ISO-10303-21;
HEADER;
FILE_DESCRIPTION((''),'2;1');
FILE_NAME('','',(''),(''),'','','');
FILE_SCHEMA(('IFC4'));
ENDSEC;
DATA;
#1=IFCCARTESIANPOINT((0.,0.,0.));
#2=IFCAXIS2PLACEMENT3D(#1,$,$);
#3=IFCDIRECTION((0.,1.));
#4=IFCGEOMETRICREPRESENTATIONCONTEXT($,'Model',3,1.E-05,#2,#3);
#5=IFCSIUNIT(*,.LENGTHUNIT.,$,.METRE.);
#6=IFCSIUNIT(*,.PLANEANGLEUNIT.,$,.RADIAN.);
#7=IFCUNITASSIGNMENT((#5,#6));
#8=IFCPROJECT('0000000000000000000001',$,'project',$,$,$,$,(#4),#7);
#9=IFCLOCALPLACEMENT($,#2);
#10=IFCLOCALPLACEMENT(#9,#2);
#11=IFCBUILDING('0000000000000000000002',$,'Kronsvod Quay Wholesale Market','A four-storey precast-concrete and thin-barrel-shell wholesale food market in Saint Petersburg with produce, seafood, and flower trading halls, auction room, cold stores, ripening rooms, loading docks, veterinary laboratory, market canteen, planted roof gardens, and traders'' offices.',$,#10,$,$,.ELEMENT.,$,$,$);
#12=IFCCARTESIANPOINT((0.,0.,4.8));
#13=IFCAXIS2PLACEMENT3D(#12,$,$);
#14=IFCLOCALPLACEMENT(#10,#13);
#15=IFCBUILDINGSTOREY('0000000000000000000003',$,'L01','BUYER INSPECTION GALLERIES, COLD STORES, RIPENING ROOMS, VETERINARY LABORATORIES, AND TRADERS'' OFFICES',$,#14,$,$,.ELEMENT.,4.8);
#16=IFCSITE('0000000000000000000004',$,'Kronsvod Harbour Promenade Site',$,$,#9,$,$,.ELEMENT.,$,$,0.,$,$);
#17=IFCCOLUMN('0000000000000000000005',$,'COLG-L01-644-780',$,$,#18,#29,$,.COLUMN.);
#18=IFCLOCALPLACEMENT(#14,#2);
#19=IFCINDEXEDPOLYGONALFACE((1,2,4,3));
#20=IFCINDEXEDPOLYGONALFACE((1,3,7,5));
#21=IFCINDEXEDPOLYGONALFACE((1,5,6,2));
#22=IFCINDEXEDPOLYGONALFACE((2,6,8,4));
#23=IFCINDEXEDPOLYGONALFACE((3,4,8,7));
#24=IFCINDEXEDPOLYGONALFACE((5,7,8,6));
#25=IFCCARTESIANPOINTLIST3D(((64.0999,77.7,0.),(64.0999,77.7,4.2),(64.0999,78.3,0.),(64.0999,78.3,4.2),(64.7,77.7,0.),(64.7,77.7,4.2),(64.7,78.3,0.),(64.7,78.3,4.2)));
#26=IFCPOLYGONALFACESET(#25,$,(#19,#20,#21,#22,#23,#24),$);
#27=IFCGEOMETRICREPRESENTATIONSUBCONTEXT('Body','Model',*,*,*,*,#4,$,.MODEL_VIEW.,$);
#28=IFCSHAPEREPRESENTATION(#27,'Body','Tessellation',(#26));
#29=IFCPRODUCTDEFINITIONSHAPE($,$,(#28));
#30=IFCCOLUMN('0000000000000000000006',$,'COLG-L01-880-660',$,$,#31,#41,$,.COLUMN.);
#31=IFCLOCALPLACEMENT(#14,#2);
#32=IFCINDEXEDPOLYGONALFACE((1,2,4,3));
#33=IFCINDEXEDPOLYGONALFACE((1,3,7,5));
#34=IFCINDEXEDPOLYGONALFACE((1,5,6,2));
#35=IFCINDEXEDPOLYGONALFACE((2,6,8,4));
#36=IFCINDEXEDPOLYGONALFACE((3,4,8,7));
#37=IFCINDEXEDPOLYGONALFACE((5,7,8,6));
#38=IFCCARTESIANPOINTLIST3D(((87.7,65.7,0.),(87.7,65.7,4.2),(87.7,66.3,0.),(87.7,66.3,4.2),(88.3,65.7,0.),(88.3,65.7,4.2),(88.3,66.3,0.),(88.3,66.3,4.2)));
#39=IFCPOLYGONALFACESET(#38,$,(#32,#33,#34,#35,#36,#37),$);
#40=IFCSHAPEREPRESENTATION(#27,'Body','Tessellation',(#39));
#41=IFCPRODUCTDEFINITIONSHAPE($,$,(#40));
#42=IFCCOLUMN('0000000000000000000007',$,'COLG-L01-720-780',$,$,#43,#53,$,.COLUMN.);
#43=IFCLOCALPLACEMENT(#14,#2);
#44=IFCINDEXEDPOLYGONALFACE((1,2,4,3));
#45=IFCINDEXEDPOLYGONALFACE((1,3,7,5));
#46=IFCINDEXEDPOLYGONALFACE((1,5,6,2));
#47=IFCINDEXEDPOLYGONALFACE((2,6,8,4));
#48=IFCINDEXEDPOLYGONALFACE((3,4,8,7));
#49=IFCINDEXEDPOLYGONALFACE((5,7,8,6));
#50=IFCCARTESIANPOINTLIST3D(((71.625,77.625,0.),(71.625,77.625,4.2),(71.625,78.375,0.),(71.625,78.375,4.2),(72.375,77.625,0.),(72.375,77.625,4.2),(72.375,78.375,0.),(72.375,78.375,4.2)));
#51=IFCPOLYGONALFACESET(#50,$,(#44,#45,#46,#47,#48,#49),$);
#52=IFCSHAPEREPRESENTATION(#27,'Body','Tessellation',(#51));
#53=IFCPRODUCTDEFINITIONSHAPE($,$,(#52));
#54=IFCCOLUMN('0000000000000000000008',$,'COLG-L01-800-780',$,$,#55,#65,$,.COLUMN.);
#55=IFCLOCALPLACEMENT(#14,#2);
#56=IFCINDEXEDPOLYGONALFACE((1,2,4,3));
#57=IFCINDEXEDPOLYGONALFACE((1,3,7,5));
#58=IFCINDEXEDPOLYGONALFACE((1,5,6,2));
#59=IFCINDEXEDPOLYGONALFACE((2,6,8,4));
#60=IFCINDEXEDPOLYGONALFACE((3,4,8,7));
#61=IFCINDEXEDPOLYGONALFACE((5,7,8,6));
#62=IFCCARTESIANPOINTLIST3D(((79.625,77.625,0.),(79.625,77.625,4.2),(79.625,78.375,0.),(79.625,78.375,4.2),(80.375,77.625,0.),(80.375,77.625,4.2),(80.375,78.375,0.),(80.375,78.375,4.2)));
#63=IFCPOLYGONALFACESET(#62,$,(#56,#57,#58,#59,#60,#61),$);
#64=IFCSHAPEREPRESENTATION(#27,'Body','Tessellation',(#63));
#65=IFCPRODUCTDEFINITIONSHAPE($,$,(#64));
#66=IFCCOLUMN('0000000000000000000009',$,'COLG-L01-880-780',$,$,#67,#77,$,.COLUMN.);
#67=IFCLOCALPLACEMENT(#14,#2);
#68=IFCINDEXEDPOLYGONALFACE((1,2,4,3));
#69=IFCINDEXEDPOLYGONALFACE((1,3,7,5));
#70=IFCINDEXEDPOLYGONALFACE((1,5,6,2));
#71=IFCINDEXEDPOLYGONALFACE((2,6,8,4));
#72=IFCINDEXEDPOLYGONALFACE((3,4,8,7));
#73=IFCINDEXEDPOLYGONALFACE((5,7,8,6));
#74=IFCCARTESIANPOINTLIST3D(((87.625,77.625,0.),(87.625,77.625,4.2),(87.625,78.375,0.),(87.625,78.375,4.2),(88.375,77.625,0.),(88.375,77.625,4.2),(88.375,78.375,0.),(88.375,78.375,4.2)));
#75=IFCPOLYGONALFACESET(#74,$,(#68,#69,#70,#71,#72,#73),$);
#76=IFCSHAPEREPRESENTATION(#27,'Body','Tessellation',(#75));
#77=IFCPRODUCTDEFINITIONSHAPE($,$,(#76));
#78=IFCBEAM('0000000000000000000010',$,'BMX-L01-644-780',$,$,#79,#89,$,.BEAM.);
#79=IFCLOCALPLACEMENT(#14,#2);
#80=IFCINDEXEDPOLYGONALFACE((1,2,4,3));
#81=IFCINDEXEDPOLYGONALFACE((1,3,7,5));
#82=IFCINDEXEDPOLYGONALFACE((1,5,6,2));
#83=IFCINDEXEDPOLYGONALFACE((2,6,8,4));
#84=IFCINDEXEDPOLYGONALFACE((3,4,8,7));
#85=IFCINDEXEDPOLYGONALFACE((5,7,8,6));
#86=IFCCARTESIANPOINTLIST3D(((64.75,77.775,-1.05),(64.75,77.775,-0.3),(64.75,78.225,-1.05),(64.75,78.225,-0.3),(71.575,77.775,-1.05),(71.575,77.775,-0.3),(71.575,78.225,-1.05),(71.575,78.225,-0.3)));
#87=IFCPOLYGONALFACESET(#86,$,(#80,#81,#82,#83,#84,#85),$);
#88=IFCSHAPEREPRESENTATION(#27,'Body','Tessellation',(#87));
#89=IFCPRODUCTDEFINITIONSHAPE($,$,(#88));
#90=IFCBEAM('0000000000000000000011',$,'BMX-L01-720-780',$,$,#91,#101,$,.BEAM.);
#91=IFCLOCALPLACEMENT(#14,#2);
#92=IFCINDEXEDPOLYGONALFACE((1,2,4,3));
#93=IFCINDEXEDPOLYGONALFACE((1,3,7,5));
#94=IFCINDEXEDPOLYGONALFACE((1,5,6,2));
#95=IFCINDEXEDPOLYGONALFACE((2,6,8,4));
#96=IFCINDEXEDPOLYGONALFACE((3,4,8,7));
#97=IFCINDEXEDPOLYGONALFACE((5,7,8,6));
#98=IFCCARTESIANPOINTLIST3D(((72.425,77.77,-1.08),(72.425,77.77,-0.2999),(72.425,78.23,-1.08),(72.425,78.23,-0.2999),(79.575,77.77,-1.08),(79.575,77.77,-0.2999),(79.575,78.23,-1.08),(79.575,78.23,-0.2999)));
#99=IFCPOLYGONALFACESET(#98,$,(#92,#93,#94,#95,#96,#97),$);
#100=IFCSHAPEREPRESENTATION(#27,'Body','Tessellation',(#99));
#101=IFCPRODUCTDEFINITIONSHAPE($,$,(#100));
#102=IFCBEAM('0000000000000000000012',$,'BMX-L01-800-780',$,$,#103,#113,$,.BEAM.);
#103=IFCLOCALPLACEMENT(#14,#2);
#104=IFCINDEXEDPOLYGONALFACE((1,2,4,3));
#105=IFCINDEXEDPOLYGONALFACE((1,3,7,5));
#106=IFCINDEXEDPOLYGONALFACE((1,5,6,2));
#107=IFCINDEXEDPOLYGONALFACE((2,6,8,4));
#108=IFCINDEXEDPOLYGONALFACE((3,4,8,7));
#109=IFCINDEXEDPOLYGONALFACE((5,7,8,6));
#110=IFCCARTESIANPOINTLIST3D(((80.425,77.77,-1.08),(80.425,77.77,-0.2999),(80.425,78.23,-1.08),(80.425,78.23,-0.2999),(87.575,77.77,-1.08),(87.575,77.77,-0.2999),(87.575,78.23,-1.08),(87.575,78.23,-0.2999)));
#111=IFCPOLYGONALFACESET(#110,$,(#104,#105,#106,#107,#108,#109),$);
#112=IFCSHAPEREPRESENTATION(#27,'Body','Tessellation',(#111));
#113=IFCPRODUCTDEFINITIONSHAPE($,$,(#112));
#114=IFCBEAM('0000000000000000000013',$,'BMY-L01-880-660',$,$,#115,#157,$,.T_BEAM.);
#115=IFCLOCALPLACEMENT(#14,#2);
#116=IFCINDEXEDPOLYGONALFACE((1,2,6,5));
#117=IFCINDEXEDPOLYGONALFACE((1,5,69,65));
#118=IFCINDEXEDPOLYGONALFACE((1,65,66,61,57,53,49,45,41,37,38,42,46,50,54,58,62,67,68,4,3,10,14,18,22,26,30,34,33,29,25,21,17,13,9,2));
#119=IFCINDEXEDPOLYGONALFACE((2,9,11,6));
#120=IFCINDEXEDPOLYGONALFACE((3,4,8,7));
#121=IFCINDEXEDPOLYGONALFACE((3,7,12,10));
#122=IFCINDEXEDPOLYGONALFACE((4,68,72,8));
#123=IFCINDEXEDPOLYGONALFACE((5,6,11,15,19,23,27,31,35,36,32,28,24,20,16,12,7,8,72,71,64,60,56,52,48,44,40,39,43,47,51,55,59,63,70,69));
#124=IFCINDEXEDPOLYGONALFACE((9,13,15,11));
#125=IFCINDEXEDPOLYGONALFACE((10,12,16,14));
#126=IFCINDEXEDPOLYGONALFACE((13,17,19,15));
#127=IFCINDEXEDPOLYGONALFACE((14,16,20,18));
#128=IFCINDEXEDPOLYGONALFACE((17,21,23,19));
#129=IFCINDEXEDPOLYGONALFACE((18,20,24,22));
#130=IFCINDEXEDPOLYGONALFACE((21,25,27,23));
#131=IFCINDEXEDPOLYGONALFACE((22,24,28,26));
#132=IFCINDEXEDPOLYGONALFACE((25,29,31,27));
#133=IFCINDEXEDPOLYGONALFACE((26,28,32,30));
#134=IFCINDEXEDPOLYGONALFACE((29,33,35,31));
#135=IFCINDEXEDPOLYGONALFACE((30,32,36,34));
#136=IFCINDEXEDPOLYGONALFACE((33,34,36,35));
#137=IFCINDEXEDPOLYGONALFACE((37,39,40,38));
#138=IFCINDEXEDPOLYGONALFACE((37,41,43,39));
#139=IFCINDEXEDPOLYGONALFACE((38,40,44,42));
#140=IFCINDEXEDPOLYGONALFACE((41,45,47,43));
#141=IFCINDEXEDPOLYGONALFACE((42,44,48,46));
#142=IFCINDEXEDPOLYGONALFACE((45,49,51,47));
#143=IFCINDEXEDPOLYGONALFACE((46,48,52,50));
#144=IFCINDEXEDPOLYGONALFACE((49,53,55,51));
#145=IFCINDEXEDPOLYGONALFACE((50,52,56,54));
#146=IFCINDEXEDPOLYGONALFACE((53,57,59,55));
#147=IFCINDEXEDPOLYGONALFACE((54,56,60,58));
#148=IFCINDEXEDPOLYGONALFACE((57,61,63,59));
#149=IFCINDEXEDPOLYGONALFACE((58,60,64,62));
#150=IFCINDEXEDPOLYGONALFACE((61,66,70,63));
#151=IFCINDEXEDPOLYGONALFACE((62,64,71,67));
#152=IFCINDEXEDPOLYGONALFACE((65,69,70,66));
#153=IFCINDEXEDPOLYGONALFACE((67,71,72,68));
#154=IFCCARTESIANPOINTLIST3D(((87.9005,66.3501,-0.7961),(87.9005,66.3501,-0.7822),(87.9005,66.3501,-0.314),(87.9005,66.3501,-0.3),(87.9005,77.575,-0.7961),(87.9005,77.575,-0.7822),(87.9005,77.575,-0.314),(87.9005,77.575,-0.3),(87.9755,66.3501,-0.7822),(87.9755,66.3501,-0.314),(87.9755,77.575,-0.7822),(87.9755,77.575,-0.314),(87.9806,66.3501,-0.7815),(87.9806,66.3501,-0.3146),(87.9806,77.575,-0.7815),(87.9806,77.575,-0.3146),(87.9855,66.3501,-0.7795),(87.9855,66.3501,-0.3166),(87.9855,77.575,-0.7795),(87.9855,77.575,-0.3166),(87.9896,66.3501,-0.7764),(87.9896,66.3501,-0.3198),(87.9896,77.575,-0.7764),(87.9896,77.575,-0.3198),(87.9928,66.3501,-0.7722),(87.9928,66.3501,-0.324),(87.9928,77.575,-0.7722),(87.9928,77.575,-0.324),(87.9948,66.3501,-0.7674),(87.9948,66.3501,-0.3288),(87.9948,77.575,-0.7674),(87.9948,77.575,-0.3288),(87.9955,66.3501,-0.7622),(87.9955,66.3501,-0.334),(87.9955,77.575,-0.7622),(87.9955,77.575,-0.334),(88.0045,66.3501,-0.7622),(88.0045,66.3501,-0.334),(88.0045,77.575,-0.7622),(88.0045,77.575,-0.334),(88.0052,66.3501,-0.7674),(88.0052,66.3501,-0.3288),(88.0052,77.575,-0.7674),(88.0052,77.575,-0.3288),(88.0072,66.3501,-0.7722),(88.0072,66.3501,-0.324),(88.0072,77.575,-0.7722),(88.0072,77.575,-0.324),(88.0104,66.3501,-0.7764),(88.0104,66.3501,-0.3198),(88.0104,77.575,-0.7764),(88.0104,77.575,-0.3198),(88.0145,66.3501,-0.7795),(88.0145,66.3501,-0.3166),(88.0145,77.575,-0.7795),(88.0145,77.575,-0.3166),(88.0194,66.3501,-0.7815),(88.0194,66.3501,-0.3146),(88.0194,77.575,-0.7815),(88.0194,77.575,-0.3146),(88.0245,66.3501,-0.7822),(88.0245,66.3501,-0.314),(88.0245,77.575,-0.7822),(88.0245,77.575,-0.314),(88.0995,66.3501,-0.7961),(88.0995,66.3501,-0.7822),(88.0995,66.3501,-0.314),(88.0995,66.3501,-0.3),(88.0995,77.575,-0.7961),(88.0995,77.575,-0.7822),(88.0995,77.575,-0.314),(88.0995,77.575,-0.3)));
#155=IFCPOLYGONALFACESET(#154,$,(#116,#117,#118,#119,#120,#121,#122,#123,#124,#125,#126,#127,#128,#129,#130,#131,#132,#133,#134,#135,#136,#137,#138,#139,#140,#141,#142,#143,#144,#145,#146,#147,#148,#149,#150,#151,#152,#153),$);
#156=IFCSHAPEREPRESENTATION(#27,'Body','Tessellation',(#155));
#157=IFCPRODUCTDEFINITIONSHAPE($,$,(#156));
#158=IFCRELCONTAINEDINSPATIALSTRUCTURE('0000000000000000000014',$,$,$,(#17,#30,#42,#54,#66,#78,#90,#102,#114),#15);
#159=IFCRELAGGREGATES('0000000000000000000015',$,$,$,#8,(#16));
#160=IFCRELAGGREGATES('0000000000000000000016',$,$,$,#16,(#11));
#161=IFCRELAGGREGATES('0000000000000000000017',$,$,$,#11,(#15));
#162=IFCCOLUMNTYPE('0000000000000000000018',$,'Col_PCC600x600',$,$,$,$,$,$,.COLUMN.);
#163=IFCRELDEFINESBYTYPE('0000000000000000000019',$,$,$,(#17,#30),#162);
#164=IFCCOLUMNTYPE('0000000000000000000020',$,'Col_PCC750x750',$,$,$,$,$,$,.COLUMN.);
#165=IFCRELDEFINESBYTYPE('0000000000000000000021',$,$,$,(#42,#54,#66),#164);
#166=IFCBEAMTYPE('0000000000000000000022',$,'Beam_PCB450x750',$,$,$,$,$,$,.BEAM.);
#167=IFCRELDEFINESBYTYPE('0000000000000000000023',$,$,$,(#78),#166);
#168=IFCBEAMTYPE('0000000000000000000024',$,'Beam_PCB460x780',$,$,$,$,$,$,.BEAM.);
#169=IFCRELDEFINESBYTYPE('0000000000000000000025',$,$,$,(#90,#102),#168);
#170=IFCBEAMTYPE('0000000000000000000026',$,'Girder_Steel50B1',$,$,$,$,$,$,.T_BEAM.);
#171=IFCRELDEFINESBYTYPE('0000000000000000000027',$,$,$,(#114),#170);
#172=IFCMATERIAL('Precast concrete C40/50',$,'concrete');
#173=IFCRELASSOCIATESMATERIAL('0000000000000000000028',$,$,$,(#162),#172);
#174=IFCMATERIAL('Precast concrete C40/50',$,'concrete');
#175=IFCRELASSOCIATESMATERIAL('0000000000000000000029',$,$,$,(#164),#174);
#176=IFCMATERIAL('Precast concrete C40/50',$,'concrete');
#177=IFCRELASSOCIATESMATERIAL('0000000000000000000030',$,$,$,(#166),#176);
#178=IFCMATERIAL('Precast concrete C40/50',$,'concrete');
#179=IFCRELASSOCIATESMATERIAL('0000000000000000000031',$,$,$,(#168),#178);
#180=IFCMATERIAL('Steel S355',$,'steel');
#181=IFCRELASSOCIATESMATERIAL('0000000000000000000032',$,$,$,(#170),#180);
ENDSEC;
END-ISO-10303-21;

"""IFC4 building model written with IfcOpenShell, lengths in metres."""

from ifc_helpers import new_model, si_unit, direction, frame, origin, origin_2d, place, context, subcontext, project, spatial, rectangle, i_section, extrude, material, material_profile, profile_set, type_object, element, save


model = new_model("IFC4")

# Units and contexts
model_context = context("Model", 3, precision=1e-05, world=origin(), true_north=direction((0.0, 1.0)))
body_context = subcontext(model_context, "Body", "Model", "MODEL_VIEW")
ifc_project = project(units=[si_unit("LENGTHUNIT", "METRE"), si_unit("PLANEANGLEUNIT", "RADIAN")], contexts=[model_context])

# Site, building, storey
site_placement = place(None, origin())
site = spatial("IfcSite", under=ifc_project, at=site_placement, Name="Kronsvod Harbour Promenade Site", CompositionType="ELEMENT", RefElevation=0.0)
building_placement = place(site_placement, origin())
building = spatial("IfcBuilding", under=site, at=building_placement, Name="Kronsvod Quay Wholesale Market", Description="A four-storey precast-concrete and thin-barrel-shell wholesale food market in Saint Petersburg with produce, seafood, and flower trading halls, auction room, cold stores, ripening rooms, loading docks, veterinary laboratory, market canteen, planted roof gardens, and traders' offices.", CompositionType="ELEMENT")
storey_placement = place(building_placement, frame((0.0, 0.0, 4.8)))
storey = spatial("IfcBuildingStorey", under=building, at=storey_placement, Name="L01", Description="BUYER INSPECTION GALLERIES, COLD STORES, RIPENING ROOMS, VETERINARY LABORATORIES, AND TRADERS' OFFICES", CompositionType="ELEMENT", Elevation=4.8)

# Columns
ifc_material_1 = material(Name="Precast concrete C40/50", Category="concrete")
ifc_material_profile_1 = material_profile(ifc_material_1, rectangle(XDim=0.6001, YDim=0.6001, at=origin_2d()), Name="PCC600x600")
ifc_profile_set_1 = profile_set([ifc_material_profile_1], Name="Precast concrete C40/50")
column_type_1 = type_object("IfcColumnType", Name="Col_PCC600x600", PredefinedType="COLUMN", material=ifc_profile_set_1)
for number, where, z_axis, x_axis, name in (
    (1, (64.3999, 78.0, 0.0), (0.0, 0.0, 1.0), (1.0, 0.0, 0.0), "COLG-L01-644-780"),
    (2, (88.0, 66.0, 0.0), (0.0, 0.0, 1.0), (1.0, 0.0, 0.0), "COLG-L01-880-660"),
):
    element("IfcColumn", number, at=place(storey_placement, frame(where, z_axis=z_axis, x_axis=x_axis)), inside=storey, type_object=column_type_1, Name=name, PredefinedType="COLUMN", context=body_context, shape_type="SweptSolid", body=[
        extrude(rectangle(XDim=0.6001, YDim=0.6001, at=origin_2d()), origin(), (0.0, 0.0, 1.0), 4.2),
    ])
ifc_material_2 = material(Name="Precast concrete C40/50", Category="concrete")
ifc_material_profile_2 = material_profile(ifc_material_2, rectangle(XDim=0.75, YDim=0.75, at=origin_2d()), Name="COL-07")
ifc_profile_set_2 = profile_set([ifc_material_profile_2], Name="Precast concrete C40/50")
column_type_2 = type_object("IfcColumnType", Name="Col_PCC750x750", PredefinedType="COLUMN", material=ifc_profile_set_2)
for number, where, z_axis, x_axis, name in (
    (3, (72.0, 78.0, 0.0), (0.0, 0.0, 1.0), (1.0, 0.0, 0.0), "COLG-L01-720-780"),
    (4, (80.0, 78.0, 0.0), (0.0, 0.0, 1.0), (1.0, 0.0, 0.0), "COLG-L01-800-780"),
    (5, (88.0, 78.0, 0.0), (0.0, 0.0, 1.0), (1.0, 0.0, 0.0), "COLG-L01-880-780"),
):
    element("IfcColumn", number, at=place(storey_placement, frame(where, z_axis=z_axis, x_axis=x_axis)), inside=storey, type_object=column_type_2, Name=name, PredefinedType="COLUMN", context=body_context, shape_type="SweptSolid", body=[
        extrude(rectangle(XDim=0.75, YDim=0.75, at=origin_2d()), origin(), (0.0, 0.0, 1.0), 4.2),
    ])

# Beams
ifc_material_3 = material(Name="Precast concrete C40/50", Category="concrete")
ifc_material_profile_3 = material_profile(ifc_material_3, rectangle(XDim=0.45, YDim=0.75, at=origin_2d()), Name="PCB450x750")
ifc_profile_set_3 = profile_set([ifc_material_profile_3], Name="Precast concrete C40/50")
beam_type_1 = type_object("IfcBeamType", Name="Beam_PCB450x750", PredefinedType="BEAM", material=ifc_profile_set_3)
beam_1_placement = place(storey_placement, frame((64.75, 78.0, -0.675), z_axis=(1.0, 0.0, 0.0), x_axis=(0.0, 1.0, 0.0)))
element("IfcBeam", 6, at=beam_1_placement, inside=storey, type_object=beam_type_1, Name="BMX-L01-644-780", PredefinedType="BEAM", context=body_context, shape_type="SweptSolid", body=[
    extrude(rectangle(XDim=0.45, YDim=0.75, at=origin_2d()), origin(), (0.0, 0.0, 1.0), 6.825),
])
ifc_material_4 = material(Name="Precast concrete C40/50", Category="concrete")
ifc_material_profile_4 = material_profile(ifc_material_4, rectangle(XDim=0.46, YDim=0.78, at=origin_2d()), Name="PB-03")
ifc_profile_set_4 = profile_set([ifc_material_profile_4], Name="Precast concrete C40/50")
beam_type_2 = type_object("IfcBeamType", Name="Beam_PCB460x780", PredefinedType="BEAM", material=ifc_profile_set_4)
for number, where, z_axis, x_axis, name in (
    (7, (72.425, 78.0, -0.6899), (1.0, 0.0, 0.0), (0.0, 1.0, 0.0), "BMX-L01-720-780"),
    (8, (80.425, 78.0, -0.6899), (1.0, 0.0, 0.0), (0.0, 1.0, 0.0), "BMX-L01-800-780"),
):
    element("IfcBeam", number, at=place(storey_placement, frame(where, z_axis=z_axis, x_axis=x_axis)), inside=storey, type_object=beam_type_2, Name=name, PredefinedType="BEAM", context=body_context, shape_type="SweptSolid", body=[
        extrude(rectangle(XDim=0.46, YDim=0.78, at=origin_2d()), origin(), (0.0, 0.0, 1.0), 7.1499),
    ])
ifc_material_5 = material(Name="Steel S355", Category="steel")
ifc_material_profile_5 = material_profile(ifc_material_5, i_section(OverallWidth=0.199, OverallDepth=0.4961, WebThickness=0.009, FlangeThickness=0.0139, FilletRadius=0.02, at=origin_2d()), Name="50B1")
ifc_profile_set_5 = profile_set([ifc_material_profile_5], Name="Steel S355")
beam_type_3 = type_object("IfcBeamType", Name="Girder_Steel50B1", PredefinedType="T_BEAM", material=ifc_profile_set_5)
beam_2_placement = place(storey_placement, frame((88.0, 66.3501, -0.5481), z_axis=(0.0, 1.0, 0.0), x_axis=(-1.0, 0.0, 0.0)))
element("IfcBeam", 9, at=beam_2_placement, inside=storey, type_object=beam_type_3, Name="BMY-L01-880-660", PredefinedType="T_BEAM", context=body_context, shape_type="SweptSolid", body=[
    extrude(i_section(OverallWidth=0.199, OverallDepth=0.4961, WebThickness=0.009, FlangeThickness=0.0139, FilletRadius=0.02, at=origin_2d()), origin(), (0.0, 0.0, 1.0), 11.2249),
])

save(model, "model.ifc")
